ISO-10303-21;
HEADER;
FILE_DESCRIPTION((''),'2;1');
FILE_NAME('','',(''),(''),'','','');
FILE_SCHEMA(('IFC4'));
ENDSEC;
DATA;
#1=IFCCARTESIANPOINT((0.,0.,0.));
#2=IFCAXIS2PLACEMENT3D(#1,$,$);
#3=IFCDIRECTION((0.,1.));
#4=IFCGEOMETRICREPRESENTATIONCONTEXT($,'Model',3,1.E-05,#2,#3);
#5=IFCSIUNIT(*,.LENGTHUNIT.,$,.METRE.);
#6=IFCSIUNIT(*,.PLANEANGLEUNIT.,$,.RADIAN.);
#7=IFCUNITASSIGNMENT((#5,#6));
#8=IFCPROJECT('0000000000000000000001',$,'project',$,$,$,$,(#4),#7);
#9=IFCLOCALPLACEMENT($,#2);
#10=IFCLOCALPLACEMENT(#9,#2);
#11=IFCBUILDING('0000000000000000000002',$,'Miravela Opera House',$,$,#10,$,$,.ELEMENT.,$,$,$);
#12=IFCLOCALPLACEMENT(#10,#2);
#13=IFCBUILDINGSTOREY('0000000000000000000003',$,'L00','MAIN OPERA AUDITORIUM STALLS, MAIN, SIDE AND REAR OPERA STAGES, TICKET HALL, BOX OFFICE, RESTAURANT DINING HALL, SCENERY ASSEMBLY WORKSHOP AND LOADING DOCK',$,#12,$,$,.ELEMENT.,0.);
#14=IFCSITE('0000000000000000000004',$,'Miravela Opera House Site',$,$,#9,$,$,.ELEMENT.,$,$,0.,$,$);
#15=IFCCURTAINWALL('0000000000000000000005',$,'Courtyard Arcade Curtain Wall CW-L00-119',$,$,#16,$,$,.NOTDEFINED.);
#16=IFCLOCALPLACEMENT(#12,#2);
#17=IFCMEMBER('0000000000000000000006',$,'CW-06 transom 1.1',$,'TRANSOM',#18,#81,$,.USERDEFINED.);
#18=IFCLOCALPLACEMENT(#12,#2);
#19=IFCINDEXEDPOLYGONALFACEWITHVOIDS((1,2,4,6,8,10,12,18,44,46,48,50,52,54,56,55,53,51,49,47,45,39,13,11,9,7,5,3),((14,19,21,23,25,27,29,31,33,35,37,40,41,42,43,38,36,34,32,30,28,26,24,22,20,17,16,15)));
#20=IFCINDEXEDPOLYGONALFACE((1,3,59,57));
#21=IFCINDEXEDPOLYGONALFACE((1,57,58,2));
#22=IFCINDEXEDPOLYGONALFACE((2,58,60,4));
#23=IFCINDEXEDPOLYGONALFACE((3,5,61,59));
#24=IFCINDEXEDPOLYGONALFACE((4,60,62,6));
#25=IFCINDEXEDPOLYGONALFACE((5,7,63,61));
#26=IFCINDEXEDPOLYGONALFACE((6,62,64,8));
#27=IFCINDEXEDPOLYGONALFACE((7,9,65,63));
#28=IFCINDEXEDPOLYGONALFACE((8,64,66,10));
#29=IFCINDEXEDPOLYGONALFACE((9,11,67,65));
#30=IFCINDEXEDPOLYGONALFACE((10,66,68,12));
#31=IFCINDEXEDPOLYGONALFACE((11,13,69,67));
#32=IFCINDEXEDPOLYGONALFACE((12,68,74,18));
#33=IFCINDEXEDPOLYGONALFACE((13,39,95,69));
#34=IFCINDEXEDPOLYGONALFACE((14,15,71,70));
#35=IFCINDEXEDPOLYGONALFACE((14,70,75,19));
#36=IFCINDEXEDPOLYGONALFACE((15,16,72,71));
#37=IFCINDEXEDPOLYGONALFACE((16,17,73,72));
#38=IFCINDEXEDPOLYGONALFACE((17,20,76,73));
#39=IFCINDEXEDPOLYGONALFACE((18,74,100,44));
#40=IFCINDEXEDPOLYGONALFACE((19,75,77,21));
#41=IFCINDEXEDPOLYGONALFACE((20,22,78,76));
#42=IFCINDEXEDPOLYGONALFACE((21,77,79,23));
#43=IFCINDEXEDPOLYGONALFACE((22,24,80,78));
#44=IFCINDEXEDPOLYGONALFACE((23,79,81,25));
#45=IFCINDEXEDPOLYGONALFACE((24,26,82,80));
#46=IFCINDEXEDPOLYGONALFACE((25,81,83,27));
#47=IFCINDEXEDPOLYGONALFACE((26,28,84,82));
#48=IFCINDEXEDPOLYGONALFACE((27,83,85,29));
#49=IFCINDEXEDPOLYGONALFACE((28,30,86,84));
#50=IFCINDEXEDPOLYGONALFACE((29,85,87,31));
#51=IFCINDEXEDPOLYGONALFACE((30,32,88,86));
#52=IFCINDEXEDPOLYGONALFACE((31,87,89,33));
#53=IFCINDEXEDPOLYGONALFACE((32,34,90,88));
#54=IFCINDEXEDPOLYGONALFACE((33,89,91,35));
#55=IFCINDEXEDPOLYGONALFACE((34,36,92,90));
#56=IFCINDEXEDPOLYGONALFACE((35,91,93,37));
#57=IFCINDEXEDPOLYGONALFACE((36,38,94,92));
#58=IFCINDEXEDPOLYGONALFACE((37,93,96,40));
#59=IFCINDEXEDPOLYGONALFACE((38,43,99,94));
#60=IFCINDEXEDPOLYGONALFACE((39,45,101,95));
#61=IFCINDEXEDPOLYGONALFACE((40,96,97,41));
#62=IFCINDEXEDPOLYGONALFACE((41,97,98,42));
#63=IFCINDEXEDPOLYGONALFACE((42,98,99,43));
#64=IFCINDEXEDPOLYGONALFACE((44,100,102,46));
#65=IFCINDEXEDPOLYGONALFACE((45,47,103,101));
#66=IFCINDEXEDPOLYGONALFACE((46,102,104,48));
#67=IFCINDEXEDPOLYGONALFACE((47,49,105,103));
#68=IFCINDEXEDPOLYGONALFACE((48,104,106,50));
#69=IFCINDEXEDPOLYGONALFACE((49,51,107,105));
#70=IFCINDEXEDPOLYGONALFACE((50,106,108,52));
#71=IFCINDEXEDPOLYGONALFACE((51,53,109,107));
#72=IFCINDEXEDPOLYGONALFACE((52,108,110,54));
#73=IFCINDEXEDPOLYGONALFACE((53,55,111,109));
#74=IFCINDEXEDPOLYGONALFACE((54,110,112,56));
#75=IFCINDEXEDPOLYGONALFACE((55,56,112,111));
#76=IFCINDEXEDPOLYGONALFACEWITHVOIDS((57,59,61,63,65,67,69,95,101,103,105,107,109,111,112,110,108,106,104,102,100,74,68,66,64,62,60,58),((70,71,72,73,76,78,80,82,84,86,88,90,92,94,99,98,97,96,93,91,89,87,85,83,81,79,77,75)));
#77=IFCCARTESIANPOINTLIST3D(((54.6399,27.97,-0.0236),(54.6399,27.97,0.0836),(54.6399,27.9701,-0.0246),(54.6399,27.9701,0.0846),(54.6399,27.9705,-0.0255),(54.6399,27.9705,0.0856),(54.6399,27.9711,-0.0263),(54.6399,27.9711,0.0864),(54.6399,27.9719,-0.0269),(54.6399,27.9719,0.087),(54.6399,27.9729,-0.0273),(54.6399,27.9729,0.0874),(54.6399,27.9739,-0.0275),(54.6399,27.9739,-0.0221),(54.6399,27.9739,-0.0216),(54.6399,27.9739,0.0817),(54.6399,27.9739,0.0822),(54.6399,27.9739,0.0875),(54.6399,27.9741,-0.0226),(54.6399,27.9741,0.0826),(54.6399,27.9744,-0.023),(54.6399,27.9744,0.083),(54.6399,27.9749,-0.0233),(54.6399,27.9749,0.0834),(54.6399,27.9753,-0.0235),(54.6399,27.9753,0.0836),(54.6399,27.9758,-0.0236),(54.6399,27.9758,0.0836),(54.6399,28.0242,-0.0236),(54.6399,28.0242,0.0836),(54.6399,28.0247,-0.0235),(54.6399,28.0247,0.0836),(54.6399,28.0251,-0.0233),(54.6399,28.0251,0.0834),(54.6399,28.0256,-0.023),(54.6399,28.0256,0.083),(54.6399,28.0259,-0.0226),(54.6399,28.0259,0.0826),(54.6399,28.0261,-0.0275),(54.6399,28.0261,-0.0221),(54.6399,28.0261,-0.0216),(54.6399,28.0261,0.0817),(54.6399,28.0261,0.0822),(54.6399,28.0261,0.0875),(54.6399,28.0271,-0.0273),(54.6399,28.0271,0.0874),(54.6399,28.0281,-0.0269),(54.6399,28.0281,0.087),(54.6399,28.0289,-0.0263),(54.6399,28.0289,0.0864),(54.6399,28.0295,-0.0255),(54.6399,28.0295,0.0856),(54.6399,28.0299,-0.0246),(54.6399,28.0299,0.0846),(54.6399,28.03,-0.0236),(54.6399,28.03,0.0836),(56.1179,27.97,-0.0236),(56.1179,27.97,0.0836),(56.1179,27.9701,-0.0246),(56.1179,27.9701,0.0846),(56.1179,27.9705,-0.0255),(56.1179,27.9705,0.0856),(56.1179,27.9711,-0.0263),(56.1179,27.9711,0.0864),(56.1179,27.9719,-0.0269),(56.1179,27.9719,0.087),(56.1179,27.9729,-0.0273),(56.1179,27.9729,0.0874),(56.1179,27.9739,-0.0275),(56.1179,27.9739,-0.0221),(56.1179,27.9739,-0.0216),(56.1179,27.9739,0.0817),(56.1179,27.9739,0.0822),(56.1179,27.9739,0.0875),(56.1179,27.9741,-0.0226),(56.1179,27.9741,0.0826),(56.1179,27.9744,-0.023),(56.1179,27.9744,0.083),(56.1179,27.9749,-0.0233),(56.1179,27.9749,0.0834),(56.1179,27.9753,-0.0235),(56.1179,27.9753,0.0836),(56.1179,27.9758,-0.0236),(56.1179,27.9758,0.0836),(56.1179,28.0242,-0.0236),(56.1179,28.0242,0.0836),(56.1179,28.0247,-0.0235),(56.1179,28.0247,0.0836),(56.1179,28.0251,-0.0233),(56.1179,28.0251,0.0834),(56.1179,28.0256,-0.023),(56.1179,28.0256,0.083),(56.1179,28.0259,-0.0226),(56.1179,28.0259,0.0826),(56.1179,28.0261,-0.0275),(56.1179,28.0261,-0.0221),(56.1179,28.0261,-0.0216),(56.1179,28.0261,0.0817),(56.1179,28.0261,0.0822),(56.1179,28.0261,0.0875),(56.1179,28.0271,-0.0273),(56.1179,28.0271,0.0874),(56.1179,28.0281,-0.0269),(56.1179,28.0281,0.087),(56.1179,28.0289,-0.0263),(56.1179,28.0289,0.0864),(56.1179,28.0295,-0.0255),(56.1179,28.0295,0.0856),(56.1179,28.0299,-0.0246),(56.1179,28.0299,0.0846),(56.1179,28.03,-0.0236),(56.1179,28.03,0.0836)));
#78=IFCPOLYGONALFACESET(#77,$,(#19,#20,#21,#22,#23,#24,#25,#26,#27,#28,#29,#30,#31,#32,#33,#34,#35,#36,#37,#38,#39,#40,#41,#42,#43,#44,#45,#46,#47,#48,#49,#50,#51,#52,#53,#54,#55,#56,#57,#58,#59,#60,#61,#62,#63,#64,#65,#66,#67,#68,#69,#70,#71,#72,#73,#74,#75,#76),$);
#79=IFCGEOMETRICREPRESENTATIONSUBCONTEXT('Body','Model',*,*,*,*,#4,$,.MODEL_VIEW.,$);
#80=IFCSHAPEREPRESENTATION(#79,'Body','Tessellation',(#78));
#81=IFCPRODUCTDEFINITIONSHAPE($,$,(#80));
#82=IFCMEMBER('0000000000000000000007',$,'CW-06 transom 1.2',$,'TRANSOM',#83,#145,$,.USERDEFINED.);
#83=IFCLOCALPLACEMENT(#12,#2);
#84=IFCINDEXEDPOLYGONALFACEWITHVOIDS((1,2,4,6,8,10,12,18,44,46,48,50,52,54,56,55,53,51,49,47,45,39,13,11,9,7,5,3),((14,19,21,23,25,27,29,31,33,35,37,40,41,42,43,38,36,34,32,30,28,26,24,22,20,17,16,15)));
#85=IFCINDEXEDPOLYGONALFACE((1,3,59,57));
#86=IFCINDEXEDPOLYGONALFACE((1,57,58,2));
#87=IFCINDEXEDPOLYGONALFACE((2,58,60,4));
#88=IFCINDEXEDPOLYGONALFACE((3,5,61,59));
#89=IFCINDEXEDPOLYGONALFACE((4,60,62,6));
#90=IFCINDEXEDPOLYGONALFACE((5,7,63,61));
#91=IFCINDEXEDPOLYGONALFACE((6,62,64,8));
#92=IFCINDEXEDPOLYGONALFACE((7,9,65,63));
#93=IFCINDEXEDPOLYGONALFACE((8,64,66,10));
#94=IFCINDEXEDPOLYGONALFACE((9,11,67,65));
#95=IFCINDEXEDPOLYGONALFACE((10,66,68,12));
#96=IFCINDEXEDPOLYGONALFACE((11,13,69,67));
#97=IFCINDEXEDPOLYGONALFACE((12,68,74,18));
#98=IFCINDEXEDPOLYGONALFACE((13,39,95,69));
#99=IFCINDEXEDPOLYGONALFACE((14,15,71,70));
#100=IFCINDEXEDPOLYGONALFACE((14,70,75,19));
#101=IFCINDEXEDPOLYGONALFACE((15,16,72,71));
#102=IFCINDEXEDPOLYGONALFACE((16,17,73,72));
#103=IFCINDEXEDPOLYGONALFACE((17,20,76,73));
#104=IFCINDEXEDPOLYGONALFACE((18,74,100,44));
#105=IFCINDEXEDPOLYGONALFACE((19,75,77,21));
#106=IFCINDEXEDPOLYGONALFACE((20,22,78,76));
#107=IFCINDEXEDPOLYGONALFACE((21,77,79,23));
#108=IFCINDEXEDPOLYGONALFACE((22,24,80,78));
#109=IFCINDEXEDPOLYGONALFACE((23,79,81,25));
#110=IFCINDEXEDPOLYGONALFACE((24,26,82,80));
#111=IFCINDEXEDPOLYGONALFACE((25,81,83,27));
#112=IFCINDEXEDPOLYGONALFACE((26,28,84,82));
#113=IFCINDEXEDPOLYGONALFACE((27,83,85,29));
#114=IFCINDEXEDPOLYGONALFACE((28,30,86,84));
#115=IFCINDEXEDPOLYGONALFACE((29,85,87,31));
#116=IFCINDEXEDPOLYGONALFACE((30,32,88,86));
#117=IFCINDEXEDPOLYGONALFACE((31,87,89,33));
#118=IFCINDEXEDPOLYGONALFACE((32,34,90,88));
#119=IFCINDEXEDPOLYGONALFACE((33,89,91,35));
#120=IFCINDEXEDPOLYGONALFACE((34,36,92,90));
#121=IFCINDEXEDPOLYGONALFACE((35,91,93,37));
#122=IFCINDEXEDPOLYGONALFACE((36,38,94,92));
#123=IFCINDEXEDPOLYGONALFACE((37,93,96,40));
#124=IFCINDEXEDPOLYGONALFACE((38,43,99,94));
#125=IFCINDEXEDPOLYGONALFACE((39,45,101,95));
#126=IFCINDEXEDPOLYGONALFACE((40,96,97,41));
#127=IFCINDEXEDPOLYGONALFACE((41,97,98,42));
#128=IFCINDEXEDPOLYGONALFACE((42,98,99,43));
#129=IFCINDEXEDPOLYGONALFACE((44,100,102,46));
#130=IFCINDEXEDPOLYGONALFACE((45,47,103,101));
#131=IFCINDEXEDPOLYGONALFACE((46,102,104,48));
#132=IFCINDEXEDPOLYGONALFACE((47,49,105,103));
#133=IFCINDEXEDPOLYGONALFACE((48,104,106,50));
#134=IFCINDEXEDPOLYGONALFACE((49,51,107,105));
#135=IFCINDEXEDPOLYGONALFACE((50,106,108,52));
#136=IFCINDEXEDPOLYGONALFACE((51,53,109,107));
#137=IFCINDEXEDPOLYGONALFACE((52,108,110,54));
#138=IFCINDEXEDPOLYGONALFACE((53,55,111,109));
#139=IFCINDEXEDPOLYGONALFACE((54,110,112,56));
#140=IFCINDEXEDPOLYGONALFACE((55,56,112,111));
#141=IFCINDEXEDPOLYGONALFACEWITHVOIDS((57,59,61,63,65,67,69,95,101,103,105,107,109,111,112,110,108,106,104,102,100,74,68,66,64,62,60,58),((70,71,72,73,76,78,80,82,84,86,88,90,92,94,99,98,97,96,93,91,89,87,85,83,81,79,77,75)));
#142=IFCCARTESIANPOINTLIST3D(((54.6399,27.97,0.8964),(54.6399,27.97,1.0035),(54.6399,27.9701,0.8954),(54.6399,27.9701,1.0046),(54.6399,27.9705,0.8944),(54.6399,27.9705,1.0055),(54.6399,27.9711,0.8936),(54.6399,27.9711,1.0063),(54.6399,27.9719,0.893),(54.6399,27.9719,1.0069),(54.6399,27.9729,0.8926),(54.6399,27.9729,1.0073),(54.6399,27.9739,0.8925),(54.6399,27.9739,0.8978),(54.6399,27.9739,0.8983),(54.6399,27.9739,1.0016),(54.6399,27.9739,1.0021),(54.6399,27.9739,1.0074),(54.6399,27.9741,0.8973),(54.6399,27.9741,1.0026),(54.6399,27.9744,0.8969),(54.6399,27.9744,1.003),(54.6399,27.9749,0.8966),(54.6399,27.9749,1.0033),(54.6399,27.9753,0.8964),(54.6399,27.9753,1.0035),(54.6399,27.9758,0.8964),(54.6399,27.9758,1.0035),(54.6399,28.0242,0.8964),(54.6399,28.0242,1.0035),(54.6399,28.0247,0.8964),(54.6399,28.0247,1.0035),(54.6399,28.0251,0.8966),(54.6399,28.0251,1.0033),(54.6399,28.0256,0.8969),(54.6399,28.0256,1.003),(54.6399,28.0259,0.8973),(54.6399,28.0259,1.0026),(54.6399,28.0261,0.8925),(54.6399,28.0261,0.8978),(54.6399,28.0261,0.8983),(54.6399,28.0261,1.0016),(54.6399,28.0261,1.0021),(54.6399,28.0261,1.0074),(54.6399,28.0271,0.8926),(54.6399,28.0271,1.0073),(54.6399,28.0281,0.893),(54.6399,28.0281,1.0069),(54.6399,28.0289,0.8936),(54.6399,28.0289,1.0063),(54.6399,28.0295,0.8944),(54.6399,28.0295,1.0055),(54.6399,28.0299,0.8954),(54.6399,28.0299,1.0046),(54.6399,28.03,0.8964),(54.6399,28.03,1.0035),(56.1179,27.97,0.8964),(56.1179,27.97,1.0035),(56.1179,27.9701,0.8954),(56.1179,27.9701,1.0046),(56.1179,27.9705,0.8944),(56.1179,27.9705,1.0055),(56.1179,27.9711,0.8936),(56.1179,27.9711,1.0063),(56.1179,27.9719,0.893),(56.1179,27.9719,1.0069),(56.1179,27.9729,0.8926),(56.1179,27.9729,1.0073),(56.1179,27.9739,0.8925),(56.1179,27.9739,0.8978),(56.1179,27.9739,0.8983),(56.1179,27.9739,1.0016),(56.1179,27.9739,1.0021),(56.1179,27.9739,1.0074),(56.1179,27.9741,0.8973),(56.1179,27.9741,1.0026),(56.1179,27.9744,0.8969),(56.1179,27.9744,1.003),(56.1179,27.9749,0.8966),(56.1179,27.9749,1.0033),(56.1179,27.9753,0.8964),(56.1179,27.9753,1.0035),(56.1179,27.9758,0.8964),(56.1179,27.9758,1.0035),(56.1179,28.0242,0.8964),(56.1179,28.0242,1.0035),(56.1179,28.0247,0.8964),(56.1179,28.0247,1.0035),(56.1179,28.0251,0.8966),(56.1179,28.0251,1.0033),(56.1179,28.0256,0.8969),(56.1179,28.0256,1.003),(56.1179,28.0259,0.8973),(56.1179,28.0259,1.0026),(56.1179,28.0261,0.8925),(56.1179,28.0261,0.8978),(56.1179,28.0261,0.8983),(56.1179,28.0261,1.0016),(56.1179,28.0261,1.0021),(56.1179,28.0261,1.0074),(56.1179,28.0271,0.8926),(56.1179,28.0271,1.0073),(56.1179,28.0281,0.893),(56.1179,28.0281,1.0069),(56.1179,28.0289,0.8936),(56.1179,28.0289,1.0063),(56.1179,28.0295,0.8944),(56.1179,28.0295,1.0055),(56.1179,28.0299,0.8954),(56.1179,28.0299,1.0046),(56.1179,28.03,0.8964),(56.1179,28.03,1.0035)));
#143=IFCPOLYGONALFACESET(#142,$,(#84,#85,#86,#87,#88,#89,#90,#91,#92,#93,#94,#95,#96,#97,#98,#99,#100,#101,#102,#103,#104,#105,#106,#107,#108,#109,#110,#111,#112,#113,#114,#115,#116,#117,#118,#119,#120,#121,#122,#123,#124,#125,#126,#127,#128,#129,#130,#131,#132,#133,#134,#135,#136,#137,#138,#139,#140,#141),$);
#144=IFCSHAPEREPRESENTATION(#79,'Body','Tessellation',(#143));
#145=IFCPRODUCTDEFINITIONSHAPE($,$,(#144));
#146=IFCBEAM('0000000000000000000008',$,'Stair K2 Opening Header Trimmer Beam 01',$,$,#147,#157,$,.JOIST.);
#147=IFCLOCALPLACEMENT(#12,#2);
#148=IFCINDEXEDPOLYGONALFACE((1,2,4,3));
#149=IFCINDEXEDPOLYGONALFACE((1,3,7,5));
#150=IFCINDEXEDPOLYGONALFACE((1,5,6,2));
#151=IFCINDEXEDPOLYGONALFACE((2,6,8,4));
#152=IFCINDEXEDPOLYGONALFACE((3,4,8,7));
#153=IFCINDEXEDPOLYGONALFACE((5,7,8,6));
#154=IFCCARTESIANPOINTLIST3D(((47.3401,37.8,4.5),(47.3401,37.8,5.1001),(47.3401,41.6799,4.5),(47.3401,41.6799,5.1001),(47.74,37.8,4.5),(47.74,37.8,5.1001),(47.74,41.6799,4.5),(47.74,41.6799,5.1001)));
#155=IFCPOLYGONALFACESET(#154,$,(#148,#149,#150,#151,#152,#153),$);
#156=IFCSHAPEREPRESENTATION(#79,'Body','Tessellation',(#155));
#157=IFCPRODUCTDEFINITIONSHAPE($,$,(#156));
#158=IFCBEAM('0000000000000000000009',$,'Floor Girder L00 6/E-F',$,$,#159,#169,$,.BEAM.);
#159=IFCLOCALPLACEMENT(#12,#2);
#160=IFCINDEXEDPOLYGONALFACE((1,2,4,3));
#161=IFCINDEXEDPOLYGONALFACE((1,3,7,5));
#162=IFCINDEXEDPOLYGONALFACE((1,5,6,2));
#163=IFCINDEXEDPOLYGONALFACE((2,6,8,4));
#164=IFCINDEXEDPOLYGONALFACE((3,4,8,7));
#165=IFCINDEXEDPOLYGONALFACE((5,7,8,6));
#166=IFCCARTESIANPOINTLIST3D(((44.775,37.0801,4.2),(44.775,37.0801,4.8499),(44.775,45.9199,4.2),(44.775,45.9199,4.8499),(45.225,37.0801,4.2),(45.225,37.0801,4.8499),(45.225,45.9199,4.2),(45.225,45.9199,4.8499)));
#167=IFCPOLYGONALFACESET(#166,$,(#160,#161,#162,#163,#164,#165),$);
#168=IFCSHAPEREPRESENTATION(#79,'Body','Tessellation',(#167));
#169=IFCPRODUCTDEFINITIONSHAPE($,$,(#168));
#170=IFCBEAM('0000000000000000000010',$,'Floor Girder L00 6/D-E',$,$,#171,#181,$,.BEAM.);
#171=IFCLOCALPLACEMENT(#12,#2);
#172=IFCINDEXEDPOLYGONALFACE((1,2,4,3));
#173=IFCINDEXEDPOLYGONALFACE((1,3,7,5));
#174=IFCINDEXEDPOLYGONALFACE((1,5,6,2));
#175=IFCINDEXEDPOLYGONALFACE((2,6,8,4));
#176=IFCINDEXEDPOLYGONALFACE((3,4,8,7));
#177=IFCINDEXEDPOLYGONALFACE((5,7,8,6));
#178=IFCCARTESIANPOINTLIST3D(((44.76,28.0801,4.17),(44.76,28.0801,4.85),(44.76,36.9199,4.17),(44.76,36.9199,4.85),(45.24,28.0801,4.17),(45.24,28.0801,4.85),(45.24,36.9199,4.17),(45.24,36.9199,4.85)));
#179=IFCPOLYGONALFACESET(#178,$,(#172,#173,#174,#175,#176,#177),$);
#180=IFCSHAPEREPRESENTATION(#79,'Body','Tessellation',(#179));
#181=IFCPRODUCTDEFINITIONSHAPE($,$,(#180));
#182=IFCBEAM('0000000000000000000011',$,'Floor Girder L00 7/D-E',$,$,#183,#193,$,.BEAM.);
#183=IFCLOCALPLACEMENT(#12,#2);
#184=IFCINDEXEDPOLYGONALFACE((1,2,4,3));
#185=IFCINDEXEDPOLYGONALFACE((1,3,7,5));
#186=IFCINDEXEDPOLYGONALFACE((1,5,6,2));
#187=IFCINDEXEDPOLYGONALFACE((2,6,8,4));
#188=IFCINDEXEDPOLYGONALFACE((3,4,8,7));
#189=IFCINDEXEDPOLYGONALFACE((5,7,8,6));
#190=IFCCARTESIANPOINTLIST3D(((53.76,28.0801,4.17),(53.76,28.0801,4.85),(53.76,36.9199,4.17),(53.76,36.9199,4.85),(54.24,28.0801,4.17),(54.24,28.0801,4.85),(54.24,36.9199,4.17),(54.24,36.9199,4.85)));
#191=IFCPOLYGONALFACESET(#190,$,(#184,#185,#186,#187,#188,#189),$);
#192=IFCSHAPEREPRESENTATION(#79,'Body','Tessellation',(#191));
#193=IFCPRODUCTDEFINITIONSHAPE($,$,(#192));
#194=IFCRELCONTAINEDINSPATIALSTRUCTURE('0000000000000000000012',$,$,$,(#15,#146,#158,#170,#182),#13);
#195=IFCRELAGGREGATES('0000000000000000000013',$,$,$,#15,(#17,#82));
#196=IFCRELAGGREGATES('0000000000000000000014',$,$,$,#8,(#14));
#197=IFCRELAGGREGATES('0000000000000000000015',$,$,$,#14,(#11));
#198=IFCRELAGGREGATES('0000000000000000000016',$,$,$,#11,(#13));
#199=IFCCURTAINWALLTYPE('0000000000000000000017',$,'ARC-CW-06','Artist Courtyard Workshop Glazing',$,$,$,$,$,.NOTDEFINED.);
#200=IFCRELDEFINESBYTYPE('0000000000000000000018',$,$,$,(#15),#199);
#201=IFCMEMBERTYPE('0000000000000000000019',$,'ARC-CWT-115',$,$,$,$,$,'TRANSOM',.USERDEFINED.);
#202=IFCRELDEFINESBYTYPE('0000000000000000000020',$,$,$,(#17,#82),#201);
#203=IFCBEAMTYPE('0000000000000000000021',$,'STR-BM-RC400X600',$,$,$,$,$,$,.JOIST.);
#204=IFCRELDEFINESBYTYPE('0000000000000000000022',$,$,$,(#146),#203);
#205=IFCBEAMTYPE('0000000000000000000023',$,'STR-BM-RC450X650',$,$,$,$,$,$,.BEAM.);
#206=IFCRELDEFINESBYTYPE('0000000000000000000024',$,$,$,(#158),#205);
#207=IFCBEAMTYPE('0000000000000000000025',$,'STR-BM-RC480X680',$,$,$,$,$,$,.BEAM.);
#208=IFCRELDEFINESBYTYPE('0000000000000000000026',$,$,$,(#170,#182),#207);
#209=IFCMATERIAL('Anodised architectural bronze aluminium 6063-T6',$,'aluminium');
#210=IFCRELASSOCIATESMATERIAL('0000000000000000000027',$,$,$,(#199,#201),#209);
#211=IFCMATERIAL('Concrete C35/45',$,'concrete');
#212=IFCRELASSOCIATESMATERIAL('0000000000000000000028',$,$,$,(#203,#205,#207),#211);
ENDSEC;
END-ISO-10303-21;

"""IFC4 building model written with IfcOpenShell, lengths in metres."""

from ifc_helpers import new_model, si_unit, direction, frame, origin, origin_2d, place, context, subcontext, project, spatial, rectangle, hollow_rectangle, extrude, material, material_profile, profile_set, type_object, element, aggregate, save


model = new_model("IFC4")

# Units and contexts
model_context = context("Model", 3, precision=1e-05, world=origin(), true_north=direction((0.0, 1.0)))
body_context = subcontext(model_context, "Body", "Model", "MODEL_VIEW")
ifc_project = project(units=[si_unit("LENGTHUNIT", "METRE"), si_unit("PLANEANGLEUNIT", "RADIAN")], contexts=[model_context])

# Site, building, storey
site_placement = place(None, origin())
site = spatial("IfcSite", under=ifc_project, at=site_placement, Name="Miravela Opera House Site", CompositionType="ELEMENT", RefElevation=0.0)
building_placement = place(site_placement, origin())
building = spatial("IfcBuilding", under=site, at=building_placement, Name="Miravela Opera House", CompositionType="ELEMENT")
storey_placement = place(building_placement, origin())
storey = spatial("IfcBuildingStorey", under=building, at=storey_placement, Name="L00", Description="MAIN OPERA AUDITORIUM STALLS, MAIN, SIDE AND REAR OPERA STAGES, TICKET HALL, BOX OFFICE, RESTAURANT DINING HALL, SCENERY ASSEMBLY WORKSHOP AND LOADING DOCK", CompositionType="ELEMENT", Elevation=0.0)

# Shared definitions
ifc_material_1 = material(Name="Concrete C35/45", Category="concrete")

# Shared definitions
ifc_material_2 = material(Name="Anodised architectural bronze aluminium 6063-T6", Category="aluminium")
curtain_wall_type = type_object("IfcCurtainWallType", Name="ARC-CW-06", Description="Artist Courtyard Workshop Glazing", PredefinedType="NOTDEFINED", material=ifc_material_2)

# Curtain wall, members
curtain_wall_1_placement = place(storey_placement, origin())
curtain_wall_1 = element("IfcCurtainWall", 1, at=curtain_wall_1_placement, inside=storey, type_object=curtain_wall_type, Name="Courtyard Arcade Curtain Wall CW-L00-119", PredefinedType="NOTDEFINED")
ifc_material_profile_1 = material_profile(ifc_material_2, hollow_rectangle(XDim=0.0601, YDim=0.115, WallThickness=0.0039, InnerFilletRadius=0.002, OuterFilletRadius=0.0039, at=origin_2d()), Name="CWT-60X115")
ifc_profile_set_1 = profile_set([ifc_material_profile_1])
member_type_1 = type_object("IfcMemberType", Name="ARC-CWT-115", ElementType="TRANSOM", PredefinedType="USERDEFINED", material=ifc_profile_set_1)
member_1_placement = place(storey_placement, frame((54.6399, 28.0, 0.03), z_axis=(1.0, 0.0, 0.0), x_axis=(0.0, 1.0, 0.0)))
member_1 = element("IfcMember", 2, at=member_1_placement, type_object=member_type_1, Name="CW-06 transom 1.1", ObjectType="TRANSOM", PredefinedType="USERDEFINED", context=body_context, shape_type="SweptSolid", body=[
    extrude(hollow_rectangle(XDim=0.0601, YDim=0.115, WallThickness=0.0039, InnerFilletRadius=0.002, OuterFilletRadius=0.0039, at=origin_2d()), origin(), (0.0, 0.0, 1.0), 1.478),
])
member_2_placement = place(storey_placement, frame((54.6399, 28.0, 0.95), z_axis=(1.0, 0.0, 0.0), x_axis=(0.0, 1.0, 0.0)))
member_2 = element("IfcMember", 3, at=member_2_placement, type_object=member_type_1, Name="CW-06 transom 1.2", ObjectType="TRANSOM", PredefinedType="USERDEFINED", context=body_context, shape_type="SweptSolid", body=[
    extrude(hollow_rectangle(XDim=0.0601, YDim=0.115, WallThickness=0.0039, InnerFilletRadius=0.002, OuterFilletRadius=0.0039, at=origin_2d()), origin(), (0.0, 0.0, 1.0), 1.478),
])
aggregate(curtain_wall_1, [member_1, member_2])

# Beams
ifc_material_profile_2 = material_profile(ifc_material_1, rectangle(XDim=0.3999, YDim=0.6001, at=origin_2d()), Name="RC-BM-400X600")
ifc_profile_set_2 = profile_set([ifc_material_profile_2])
beam_type_1 = type_object("IfcBeamType", Name="STR-BM-RC400X600", PredefinedType="JOIST", material=ifc_profile_set_2)
beam_1_placement = place(storey_placement, frame((47.54, 37.8, 4.8), z_axis=(0.0, 1.0, 0.0), x_axis=(-1.0, 0.0, 0.0)))
element("IfcBeam", 4, at=beam_1_placement, inside=storey, type_object=beam_type_1, Name="Stair K2 Opening Header Trimmer Beam 01", PredefinedType="JOIST", context=body_context, shape_type="SweptSolid", body=[
    extrude(rectangle(XDim=0.3999, YDim=0.6001, at=origin_2d()), origin(), (0.0, 0.0, 1.0), 3.8799),
])
ifc_material_profile_3 = material_profile(ifc_material_1, rectangle(XDim=0.45, YDim=0.6499, at=origin_2d()), Name="RC-BM-450X650")
ifc_profile_set_3 = profile_set([ifc_material_profile_3])
beam_type_2 = type_object("IfcBeamType", Name="STR-BM-RC450X650", PredefinedType="BEAM", material=ifc_profile_set_3)
beam_2_placement = place(storey_placement, frame((45.0, 37.0801, 4.5249), z_axis=(0.0, 1.0, 0.0), x_axis=(-1.0, 0.0, 0.0)))
element("IfcBeam", 5, at=beam_2_placement, inside=storey, type_object=beam_type_2, Name="Floor Girder L00 6/E-F", PredefinedType="BEAM", context=body_context, shape_type="SweptSolid", body=[
    extrude(rectangle(XDim=0.45, YDim=0.6499, at=origin_2d()), origin(), (0.0, 0.0, 1.0), 8.8398),
])
ifc_material_profile_4 = material_profile(ifc_material_1, rectangle(XDim=0.48, YDim=0.6799, at=origin_2d()), Name="RC-BM-480X680")
ifc_profile_set_4 = profile_set([ifc_material_profile_4])
beam_type_3 = type_object("IfcBeamType", Name="STR-BM-RC480X680", PredefinedType="BEAM", material=ifc_profile_set_4)
for number, where, z_axis, x_axis, name in (
    (6, (45.0, 28.0801, 4.51), (0.0, 1.0, 0.0), (-1.0, 0.0, 0.0), "Floor Girder L00 6/D-E"),
    (7, (54.0, 28.0801, 4.51), (0.0, 1.0, 0.0), (-1.0, 0.0, 0.0), "Floor Girder L00 7/D-E"),
):
    element("IfcBeam", number, at=place(storey_placement, frame(where, z_axis=z_axis, x_axis=x_axis)), inside=storey, type_object=beam_type_3, Name=name, PredefinedType="BEAM", context=body_context, shape_type="SweptSolid", body=[
        extrude(rectangle(XDim=0.48, YDim=0.6799, at=origin_2d()), origin(), (0.0, 0.0, 1.0), 8.8398),
    ])

save(model, "model.ifc")
